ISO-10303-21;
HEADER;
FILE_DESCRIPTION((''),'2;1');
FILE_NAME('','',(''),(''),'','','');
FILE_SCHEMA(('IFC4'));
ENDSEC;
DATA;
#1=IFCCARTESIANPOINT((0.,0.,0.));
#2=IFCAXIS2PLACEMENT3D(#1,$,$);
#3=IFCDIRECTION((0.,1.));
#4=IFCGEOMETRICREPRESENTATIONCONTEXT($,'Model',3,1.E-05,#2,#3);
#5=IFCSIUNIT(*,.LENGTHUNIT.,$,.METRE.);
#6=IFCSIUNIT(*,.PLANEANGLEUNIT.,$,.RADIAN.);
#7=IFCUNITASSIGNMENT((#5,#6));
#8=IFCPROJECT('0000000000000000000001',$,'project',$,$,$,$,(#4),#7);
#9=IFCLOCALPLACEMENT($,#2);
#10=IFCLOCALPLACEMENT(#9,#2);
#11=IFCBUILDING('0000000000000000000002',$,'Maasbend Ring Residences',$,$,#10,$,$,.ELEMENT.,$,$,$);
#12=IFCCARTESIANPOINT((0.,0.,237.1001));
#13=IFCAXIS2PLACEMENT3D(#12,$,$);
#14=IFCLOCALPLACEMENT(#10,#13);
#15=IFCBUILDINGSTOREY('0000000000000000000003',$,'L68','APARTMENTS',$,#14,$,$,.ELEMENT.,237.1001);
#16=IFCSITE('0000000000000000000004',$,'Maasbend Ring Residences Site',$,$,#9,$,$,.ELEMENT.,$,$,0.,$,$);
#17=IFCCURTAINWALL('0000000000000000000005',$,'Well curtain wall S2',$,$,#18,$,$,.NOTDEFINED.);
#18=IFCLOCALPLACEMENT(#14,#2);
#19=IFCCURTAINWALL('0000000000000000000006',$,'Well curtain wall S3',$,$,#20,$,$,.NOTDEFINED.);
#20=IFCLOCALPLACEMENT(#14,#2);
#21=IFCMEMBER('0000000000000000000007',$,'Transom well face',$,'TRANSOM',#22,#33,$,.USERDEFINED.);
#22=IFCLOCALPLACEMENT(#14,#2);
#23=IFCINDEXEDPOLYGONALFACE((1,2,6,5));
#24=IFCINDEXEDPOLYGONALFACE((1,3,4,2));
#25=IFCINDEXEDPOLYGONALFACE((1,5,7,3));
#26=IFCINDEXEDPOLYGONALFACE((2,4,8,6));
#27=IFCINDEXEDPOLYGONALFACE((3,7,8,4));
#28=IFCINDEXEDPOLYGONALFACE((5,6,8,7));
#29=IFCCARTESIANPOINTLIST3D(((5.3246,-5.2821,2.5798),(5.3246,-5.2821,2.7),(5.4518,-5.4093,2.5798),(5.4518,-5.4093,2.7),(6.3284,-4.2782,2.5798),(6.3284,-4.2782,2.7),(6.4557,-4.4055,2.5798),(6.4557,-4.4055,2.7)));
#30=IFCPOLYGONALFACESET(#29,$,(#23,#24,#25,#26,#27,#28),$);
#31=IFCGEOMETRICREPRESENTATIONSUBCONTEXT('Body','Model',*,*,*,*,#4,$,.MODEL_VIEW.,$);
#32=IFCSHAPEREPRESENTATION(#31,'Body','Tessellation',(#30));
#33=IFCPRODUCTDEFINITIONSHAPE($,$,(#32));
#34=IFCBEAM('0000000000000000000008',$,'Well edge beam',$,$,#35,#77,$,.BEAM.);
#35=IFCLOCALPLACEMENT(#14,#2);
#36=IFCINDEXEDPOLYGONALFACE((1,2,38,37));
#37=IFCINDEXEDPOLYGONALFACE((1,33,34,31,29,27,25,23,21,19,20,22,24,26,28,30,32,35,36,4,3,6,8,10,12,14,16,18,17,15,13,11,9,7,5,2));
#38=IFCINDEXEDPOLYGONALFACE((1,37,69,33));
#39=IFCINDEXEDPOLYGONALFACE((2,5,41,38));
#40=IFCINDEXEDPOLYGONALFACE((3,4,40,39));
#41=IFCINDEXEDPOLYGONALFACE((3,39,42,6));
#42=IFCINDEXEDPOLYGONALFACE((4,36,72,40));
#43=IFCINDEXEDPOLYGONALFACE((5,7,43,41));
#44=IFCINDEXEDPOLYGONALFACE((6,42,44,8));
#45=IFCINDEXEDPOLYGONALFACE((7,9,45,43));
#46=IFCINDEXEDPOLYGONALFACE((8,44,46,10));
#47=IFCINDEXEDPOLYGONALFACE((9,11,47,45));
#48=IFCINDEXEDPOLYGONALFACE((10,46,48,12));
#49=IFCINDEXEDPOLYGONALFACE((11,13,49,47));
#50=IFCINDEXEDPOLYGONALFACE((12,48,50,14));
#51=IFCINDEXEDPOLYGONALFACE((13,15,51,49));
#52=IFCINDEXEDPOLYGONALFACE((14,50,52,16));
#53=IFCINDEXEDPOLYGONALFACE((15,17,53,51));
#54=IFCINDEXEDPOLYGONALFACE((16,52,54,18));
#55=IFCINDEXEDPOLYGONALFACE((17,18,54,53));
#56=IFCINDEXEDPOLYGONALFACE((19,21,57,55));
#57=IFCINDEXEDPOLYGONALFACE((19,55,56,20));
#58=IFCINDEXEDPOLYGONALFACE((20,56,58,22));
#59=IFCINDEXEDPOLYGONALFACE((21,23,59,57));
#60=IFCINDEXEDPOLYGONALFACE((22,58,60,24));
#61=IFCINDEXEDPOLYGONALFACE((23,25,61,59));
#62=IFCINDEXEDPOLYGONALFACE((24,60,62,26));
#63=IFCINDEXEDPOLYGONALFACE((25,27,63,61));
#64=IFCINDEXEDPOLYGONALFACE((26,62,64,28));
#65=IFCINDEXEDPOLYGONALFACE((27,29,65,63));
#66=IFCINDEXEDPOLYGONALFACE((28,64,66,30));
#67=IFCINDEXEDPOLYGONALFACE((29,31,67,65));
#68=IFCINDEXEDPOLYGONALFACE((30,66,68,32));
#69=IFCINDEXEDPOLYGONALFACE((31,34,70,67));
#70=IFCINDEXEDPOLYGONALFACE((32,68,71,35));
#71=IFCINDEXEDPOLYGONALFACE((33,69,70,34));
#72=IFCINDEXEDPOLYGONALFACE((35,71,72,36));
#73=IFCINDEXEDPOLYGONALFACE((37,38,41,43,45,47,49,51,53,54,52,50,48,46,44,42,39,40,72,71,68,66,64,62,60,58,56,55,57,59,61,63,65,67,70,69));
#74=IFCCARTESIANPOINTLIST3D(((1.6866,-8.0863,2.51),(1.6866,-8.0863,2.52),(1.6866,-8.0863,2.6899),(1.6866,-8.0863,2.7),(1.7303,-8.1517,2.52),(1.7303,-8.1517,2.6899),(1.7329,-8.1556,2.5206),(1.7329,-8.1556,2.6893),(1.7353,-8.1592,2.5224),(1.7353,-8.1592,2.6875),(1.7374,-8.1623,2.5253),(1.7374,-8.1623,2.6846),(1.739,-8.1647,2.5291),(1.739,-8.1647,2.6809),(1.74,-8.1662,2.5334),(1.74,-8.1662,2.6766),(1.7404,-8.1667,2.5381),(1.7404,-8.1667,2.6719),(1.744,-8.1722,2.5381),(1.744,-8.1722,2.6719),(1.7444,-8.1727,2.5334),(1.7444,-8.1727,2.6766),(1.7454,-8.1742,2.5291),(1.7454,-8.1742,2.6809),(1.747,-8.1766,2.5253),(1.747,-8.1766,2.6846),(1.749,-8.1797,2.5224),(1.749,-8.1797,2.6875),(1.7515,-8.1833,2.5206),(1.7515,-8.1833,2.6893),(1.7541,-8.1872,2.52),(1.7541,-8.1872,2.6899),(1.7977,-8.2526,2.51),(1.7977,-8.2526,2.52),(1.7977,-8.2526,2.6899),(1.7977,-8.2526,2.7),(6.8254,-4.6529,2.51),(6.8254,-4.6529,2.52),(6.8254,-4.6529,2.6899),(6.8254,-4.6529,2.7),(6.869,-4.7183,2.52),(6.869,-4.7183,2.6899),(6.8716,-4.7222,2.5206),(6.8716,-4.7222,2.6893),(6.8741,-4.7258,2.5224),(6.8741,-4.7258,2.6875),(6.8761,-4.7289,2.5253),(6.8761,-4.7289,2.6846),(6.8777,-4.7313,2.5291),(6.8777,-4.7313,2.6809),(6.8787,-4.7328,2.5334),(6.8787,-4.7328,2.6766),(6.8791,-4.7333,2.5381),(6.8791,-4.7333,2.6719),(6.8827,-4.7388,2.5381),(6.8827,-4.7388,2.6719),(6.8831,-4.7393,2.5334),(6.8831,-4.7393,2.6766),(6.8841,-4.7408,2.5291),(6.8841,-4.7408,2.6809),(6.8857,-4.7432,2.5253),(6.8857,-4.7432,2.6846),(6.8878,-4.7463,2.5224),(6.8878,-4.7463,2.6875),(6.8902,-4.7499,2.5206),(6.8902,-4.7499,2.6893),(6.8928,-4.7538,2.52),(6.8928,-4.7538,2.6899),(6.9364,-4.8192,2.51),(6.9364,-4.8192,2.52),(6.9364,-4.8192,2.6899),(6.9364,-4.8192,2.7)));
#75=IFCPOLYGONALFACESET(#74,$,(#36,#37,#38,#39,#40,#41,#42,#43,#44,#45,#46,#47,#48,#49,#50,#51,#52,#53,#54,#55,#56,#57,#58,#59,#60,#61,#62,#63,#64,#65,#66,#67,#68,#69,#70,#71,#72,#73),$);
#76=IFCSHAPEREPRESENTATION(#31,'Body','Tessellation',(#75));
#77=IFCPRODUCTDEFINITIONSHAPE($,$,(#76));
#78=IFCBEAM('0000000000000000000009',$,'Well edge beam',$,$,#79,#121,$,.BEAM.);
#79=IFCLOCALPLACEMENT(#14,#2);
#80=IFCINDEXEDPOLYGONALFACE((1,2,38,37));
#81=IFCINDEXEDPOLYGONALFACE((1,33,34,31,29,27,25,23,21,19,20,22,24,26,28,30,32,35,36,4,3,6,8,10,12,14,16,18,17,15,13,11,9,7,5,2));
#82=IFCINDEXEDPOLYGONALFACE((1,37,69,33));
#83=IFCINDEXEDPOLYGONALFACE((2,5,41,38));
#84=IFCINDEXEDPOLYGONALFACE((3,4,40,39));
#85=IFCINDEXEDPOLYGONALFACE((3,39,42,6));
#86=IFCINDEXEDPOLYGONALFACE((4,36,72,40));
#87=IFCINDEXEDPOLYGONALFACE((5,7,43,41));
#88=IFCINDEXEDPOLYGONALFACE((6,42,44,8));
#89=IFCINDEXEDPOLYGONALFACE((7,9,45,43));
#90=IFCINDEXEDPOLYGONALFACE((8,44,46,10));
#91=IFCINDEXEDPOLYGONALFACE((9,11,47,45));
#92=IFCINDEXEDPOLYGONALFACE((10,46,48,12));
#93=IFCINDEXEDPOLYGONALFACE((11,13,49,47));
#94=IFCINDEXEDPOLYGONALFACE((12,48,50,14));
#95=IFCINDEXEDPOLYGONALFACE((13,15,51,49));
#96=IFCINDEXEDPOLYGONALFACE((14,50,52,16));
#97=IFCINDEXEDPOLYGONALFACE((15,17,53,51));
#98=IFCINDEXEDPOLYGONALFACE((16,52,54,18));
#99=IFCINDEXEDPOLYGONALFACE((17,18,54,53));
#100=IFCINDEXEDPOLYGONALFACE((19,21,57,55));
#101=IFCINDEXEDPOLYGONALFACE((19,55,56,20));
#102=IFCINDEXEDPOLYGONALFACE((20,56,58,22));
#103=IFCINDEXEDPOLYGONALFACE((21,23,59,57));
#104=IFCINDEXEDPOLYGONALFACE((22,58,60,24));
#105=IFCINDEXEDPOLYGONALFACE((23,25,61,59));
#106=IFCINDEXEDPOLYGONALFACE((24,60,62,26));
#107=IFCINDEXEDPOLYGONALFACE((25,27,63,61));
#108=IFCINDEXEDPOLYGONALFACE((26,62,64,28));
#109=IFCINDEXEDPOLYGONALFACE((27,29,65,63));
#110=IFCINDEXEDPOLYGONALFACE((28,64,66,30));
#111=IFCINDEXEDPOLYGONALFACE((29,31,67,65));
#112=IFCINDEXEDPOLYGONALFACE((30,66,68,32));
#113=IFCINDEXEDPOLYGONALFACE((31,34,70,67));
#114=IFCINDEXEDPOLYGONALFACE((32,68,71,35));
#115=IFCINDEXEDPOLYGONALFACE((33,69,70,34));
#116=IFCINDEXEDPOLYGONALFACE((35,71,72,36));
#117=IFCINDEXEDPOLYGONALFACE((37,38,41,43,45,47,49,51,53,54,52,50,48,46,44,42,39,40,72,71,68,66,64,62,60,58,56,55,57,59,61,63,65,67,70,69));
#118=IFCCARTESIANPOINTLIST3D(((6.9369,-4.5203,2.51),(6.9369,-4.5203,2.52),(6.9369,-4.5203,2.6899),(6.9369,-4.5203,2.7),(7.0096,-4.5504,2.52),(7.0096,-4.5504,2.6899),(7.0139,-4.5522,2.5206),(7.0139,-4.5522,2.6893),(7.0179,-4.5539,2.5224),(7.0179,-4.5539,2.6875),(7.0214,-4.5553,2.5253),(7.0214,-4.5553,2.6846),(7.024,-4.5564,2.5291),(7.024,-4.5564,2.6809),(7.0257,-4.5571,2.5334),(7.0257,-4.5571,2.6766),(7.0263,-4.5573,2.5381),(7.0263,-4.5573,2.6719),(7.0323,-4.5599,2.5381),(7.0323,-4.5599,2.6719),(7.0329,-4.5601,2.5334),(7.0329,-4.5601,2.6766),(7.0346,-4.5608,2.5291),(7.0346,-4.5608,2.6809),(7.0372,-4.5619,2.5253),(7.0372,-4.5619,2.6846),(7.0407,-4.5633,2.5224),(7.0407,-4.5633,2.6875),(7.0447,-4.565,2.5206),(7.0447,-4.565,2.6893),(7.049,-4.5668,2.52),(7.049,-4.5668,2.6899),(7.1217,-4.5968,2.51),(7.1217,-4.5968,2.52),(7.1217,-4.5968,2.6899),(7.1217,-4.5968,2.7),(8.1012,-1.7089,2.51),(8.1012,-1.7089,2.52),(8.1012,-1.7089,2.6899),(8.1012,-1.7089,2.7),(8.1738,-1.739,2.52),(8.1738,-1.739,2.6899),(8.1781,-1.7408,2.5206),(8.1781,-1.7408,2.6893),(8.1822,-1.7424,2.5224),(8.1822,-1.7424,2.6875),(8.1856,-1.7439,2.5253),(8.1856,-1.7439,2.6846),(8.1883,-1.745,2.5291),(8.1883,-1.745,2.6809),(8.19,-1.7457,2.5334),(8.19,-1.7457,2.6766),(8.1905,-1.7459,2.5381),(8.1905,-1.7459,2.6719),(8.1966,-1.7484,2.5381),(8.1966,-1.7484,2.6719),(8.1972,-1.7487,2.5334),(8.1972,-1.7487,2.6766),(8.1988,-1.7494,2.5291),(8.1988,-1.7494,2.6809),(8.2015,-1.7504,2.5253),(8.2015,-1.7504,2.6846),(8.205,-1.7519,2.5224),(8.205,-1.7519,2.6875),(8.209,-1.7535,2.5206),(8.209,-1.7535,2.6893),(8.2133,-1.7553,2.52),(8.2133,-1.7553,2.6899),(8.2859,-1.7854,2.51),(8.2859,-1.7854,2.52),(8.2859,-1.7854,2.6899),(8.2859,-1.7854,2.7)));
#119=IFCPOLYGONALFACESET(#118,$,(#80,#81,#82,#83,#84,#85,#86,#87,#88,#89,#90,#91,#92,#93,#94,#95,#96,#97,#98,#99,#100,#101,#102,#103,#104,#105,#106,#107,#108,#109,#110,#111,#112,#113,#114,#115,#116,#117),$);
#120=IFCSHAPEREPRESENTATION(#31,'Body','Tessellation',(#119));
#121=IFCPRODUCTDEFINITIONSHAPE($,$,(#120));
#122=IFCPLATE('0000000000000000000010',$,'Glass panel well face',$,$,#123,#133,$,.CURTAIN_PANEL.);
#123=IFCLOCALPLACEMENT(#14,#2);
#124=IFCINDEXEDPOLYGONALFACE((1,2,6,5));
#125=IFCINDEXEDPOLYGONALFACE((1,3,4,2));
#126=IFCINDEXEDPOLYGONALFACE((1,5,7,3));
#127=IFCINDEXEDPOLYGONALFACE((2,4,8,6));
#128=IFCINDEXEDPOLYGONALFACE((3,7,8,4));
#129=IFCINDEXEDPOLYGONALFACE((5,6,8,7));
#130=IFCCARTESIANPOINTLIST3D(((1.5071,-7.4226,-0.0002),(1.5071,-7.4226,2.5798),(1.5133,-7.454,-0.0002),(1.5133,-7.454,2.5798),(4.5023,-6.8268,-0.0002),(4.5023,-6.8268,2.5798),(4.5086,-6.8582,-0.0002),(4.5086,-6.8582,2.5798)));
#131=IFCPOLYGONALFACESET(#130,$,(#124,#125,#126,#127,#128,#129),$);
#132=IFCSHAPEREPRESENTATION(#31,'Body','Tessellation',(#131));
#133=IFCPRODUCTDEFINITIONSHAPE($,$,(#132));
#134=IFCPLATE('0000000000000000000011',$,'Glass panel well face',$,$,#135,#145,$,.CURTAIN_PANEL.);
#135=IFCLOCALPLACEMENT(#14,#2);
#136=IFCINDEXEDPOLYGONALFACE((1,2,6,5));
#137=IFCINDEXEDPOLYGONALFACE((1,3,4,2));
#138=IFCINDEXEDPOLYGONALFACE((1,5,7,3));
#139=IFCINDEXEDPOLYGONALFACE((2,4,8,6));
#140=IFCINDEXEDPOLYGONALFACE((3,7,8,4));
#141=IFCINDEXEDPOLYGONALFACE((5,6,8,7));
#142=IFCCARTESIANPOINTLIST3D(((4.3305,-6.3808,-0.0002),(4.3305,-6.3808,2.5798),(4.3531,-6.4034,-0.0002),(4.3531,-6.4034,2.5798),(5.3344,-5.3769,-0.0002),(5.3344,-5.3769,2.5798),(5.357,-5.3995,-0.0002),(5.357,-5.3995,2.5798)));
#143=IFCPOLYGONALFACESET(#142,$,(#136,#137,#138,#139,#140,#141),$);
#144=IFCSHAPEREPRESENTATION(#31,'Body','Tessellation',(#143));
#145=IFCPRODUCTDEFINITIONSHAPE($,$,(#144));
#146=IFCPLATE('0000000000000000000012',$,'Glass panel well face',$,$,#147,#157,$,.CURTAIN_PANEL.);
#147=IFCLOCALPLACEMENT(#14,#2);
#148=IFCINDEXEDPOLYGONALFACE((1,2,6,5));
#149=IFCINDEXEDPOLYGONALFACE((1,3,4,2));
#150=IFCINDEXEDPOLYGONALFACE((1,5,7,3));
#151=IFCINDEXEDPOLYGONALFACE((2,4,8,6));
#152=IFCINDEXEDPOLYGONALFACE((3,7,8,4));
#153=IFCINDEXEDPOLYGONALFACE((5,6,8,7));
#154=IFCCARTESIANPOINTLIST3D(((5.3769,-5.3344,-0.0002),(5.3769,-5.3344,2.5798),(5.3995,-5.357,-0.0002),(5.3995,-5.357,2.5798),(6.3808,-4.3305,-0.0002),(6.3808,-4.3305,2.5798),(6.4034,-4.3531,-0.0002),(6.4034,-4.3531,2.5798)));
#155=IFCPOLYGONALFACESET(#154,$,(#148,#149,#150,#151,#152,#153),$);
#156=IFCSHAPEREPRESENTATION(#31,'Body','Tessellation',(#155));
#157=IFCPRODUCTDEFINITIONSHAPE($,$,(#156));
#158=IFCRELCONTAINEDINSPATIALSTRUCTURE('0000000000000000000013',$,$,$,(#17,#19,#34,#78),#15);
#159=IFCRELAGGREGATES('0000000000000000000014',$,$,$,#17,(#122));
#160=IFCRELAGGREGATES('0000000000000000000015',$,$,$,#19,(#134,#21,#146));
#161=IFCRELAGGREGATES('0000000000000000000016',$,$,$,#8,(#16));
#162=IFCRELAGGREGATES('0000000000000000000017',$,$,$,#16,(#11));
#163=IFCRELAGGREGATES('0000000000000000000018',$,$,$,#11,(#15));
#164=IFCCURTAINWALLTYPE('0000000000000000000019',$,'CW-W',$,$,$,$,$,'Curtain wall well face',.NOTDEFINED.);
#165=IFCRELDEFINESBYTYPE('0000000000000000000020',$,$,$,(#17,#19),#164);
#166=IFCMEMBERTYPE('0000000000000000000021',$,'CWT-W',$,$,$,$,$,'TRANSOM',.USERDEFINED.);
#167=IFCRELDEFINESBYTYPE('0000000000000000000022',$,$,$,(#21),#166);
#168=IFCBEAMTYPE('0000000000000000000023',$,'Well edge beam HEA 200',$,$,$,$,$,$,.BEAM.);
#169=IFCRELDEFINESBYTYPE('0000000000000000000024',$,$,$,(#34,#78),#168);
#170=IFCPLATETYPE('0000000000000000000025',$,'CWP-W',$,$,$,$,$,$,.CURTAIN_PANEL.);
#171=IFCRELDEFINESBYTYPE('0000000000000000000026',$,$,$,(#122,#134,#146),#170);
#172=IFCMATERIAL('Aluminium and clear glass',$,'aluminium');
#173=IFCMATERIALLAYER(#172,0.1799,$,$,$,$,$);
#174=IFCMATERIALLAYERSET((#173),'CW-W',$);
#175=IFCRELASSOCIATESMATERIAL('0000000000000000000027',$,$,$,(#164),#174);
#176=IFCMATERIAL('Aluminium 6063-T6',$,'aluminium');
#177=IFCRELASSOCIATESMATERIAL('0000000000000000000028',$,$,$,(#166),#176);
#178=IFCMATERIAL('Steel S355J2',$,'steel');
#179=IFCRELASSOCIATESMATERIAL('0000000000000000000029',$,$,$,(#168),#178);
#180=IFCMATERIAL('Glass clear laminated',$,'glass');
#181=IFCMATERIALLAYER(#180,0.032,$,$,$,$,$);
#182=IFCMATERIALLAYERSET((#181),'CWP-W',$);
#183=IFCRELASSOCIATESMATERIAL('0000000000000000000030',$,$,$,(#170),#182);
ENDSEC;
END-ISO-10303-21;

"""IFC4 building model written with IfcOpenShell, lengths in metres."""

from ifc_helpers import new_model, si_unit, direction, frame, origin, origin_2d, place, context, subcontext, project, spatial, rectangle, i_section, extrude, material, layer, layer_set, material_profile, profile_set, type_object, element, aggregate, save


model = new_model("IFC4")

# Units and contexts
model_context = context("Model", 3, precision=1e-05, world=origin(), true_north=direction((0.0, 1.0)))
body_context = subcontext(model_context, "Body", "Model", "MODEL_VIEW")
ifc_project = project(units=[si_unit("LENGTHUNIT", "METRE"), si_unit("PLANEANGLEUNIT", "RADIAN")], contexts=[model_context])

# Site, building, storey
site_placement = place(None, origin())
site = spatial("IfcSite", under=ifc_project, at=site_placement, Name="Maasbend Ring Residences Site", CompositionType="ELEMENT", RefElevation=0.0)
building_placement = place(site_placement, origin())
building = spatial("IfcBuilding", under=site, at=building_placement, Name="Maasbend Ring Residences", CompositionType="ELEMENT")
storey_placement = place(building_placement, frame((0.0, 0.0, 237.1001)))
storey = spatial("IfcBuildingStorey", under=building, at=storey_placement, Name="L68", Description="APARTMENTS", CompositionType="ELEMENT", Elevation=237.1001)

# Curtain walls
ifc_material_1 = material(Name="Aluminium and clear glass", Category="aluminium")
ifc_layer_1 = layer(ifc_material_1, 0.1799)
ifc_layer_set_1 = layer_set([ifc_layer_1], Name="CW-W")
curtain_wall_type = type_object("IfcCurtainWallType", Name="CW-W", ElementType="Curtain wall well face", PredefinedType="NOTDEFINED", material=ifc_layer_set_1)
curtain_wall_1_placement = place(storey_placement, origin())
curtain_wall_1 = element("IfcCurtainWall", 1, at=curtain_wall_1_placement, inside=storey, type_object=curtain_wall_type, Name="Well curtain wall S2", PredefinedType="NOTDEFINED")
curtain_wall_2_placement = place(storey_placement, origin())
curtain_wall_2 = element("IfcCurtainWall", 2, at=curtain_wall_2_placement, inside=storey, type_object=curtain_wall_type, Name="Well curtain wall S3", PredefinedType="NOTDEFINED")

# Member
ifc_material_2 = material(Name="Aluminium 6063-T6", Category="aluminium")
ifc_material_profile_1 = material_profile(ifc_material_2, rectangle(XDim=0.1799, YDim=0.1201, at=origin_2d()), Name="AL 180x120")
ifc_profile_set_1 = profile_set([ifc_material_profile_1], Name="Aluminium 6063-T6")
member_type_1 = type_object("IfcMemberType", Name="CWT-W", ElementType="TRANSOM", PredefinedType="USERDEFINED", material=ifc_profile_set_1)
member_1_placement = place(storey_placement, frame((5.3882, -5.3457, 2.6399), z_axis=(0.707107, 0.707107, 0.0), x_axis=(-0.707107, 0.707107, 0.0)))
member_1 = element("IfcMember", 3, at=member_1_placement, type_object=member_type_1, Name="Transom well face", ObjectType="TRANSOM", PredefinedType="USERDEFINED", context=body_context, shape_type="SweptSolid", body=[
    extrude(rectangle(XDim=0.1799, YDim=0.1201, at=origin_2d()), origin(), (0.0, 0.0, 1.0), 1.4197),
])

# Beams
ifc_material_3 = material(Name="Steel S355J2", Category="steel")
ifc_material_profile_2 = material_profile(ifc_material_3, i_section(OverallWidth=0.2, OverallDepth=0.1899, WebThickness=0.0066, FlangeThickness=0.01, FilletRadius=0.0181, at=origin_2d()), Name="HEA 200")
ifc_profile_set_2 = profile_set([ifc_material_profile_2], Name="Steel S355J2")
beam_type = type_object("IfcBeamType", Name="Well edge beam HEA 200", PredefinedType="BEAM", material=ifc_profile_set_2)
beam_1_placement = place(storey_placement, frame((1.7422, -8.1694, 2.605), z_axis=(0.831485, 0.555548, 0.0), x_axis=(-0.555548, 0.831485, 0.0)))
element("IfcBeam", 4, at=beam_1_placement, inside=storey, type_object=beam_type, Name="Well edge beam", PredefinedType="BEAM", context=body_context, shape_type="SweptSolid", body=[
    extrude(i_section(OverallWidth=0.2, OverallDepth=0.1899, WebThickness=0.0066, FlangeThickness=0.01, FilletRadius=0.0181, at=origin_2d()), origin(), (0.0, 0.0, 1.0), 6.1802),
])
beam_2_placement = place(storey_placement, frame((7.0293, -4.5586, 2.605), z_axis=(0.382609, 0.92391, 0.0), x_axis=(-0.92391, 0.382609, 0.0)))
element("IfcBeam", 5, at=beam_2_placement, inside=storey, type_object=beam_type, Name="Well edge beam", PredefinedType="BEAM", context=body_context, shape_type="SweptSolid", body=[
    extrude(i_section(OverallWidth=0.2, OverallDepth=0.1899, WebThickness=0.0066, FlangeThickness=0.01, FilletRadius=0.0181, at=origin_2d()), origin(), (0.0, 0.0, 1.0), 3.043),
])

# Plates
ifc_material_4 = material(Name="Glass clear laminated", Category="glass")
ifc_layer_2 = layer(ifc_material_4, 0.032)
ifc_layer_set_2 = layer_set([ifc_layer_2], Name="CWP-W")
plate_type = type_object("IfcPlateType", Name="CWP-W", PredefinedType="CURTAIN_PANEL", material=ifc_layer_set_2)
plate_1_placement = place(storey_placement, frame((3.0078, -7.1404, -0.0002), z_axis=(0.0, 0.0, 1.0), x_axis=(0.980785, 0.19509, 0.0)))
plate_1 = element("IfcPlate", 6, at=plate_1_placement, type_object=plate_type, Name="Glass panel well face", PredefinedType="CURTAIN_PANEL", context=body_context, shape_type="SweptSolid", body=[
    extrude(rectangle(XDim=3.054, YDim=0.032, at=origin_2d()), origin(), (0.0, 0.0, 1.0), 2.5801),
])
aggregate(curtain_wall_1, [plate_1])
plate_2_placement = place(storey_placement, frame((4.8438, -5.8901, -0.0002), z_axis=(0.0, 0.0, 1.0), x_axis=(0.707107, 0.707107, 0.0)))
plate_2 = element("IfcPlate", 7, at=plate_2_placement, type_object=plate_type, Name="Glass panel well face", PredefinedType="CURTAIN_PANEL", context=body_context, shape_type="SweptSolid", body=[
    extrude(rectangle(XDim=1.4197, YDim=0.032, at=origin_2d()), origin(), (0.0, 0.0, 1.0), 2.5801),
])
plate_3_placement = place(storey_placement, frame((5.8901, -4.8438, -0.0002), z_axis=(0.0, 0.0, 1.0), x_axis=(0.707107, 0.707107, 0.0)))
plate_3 = element("IfcPlate", 8, at=plate_3_placement, type_object=plate_type, Name="Glass panel well face", PredefinedType="CURTAIN_PANEL", context=body_context, shape_type="SweptSolid", body=[
    extrude(rectangle(XDim=1.4197, YDim=0.032, at=origin_2d()), origin(), (0.0, 0.0, 1.0), 2.5801),
])
aggregate(curtain_wall_2, [plate_2, member_1, plate_3])

save(model, "model.ifc")
